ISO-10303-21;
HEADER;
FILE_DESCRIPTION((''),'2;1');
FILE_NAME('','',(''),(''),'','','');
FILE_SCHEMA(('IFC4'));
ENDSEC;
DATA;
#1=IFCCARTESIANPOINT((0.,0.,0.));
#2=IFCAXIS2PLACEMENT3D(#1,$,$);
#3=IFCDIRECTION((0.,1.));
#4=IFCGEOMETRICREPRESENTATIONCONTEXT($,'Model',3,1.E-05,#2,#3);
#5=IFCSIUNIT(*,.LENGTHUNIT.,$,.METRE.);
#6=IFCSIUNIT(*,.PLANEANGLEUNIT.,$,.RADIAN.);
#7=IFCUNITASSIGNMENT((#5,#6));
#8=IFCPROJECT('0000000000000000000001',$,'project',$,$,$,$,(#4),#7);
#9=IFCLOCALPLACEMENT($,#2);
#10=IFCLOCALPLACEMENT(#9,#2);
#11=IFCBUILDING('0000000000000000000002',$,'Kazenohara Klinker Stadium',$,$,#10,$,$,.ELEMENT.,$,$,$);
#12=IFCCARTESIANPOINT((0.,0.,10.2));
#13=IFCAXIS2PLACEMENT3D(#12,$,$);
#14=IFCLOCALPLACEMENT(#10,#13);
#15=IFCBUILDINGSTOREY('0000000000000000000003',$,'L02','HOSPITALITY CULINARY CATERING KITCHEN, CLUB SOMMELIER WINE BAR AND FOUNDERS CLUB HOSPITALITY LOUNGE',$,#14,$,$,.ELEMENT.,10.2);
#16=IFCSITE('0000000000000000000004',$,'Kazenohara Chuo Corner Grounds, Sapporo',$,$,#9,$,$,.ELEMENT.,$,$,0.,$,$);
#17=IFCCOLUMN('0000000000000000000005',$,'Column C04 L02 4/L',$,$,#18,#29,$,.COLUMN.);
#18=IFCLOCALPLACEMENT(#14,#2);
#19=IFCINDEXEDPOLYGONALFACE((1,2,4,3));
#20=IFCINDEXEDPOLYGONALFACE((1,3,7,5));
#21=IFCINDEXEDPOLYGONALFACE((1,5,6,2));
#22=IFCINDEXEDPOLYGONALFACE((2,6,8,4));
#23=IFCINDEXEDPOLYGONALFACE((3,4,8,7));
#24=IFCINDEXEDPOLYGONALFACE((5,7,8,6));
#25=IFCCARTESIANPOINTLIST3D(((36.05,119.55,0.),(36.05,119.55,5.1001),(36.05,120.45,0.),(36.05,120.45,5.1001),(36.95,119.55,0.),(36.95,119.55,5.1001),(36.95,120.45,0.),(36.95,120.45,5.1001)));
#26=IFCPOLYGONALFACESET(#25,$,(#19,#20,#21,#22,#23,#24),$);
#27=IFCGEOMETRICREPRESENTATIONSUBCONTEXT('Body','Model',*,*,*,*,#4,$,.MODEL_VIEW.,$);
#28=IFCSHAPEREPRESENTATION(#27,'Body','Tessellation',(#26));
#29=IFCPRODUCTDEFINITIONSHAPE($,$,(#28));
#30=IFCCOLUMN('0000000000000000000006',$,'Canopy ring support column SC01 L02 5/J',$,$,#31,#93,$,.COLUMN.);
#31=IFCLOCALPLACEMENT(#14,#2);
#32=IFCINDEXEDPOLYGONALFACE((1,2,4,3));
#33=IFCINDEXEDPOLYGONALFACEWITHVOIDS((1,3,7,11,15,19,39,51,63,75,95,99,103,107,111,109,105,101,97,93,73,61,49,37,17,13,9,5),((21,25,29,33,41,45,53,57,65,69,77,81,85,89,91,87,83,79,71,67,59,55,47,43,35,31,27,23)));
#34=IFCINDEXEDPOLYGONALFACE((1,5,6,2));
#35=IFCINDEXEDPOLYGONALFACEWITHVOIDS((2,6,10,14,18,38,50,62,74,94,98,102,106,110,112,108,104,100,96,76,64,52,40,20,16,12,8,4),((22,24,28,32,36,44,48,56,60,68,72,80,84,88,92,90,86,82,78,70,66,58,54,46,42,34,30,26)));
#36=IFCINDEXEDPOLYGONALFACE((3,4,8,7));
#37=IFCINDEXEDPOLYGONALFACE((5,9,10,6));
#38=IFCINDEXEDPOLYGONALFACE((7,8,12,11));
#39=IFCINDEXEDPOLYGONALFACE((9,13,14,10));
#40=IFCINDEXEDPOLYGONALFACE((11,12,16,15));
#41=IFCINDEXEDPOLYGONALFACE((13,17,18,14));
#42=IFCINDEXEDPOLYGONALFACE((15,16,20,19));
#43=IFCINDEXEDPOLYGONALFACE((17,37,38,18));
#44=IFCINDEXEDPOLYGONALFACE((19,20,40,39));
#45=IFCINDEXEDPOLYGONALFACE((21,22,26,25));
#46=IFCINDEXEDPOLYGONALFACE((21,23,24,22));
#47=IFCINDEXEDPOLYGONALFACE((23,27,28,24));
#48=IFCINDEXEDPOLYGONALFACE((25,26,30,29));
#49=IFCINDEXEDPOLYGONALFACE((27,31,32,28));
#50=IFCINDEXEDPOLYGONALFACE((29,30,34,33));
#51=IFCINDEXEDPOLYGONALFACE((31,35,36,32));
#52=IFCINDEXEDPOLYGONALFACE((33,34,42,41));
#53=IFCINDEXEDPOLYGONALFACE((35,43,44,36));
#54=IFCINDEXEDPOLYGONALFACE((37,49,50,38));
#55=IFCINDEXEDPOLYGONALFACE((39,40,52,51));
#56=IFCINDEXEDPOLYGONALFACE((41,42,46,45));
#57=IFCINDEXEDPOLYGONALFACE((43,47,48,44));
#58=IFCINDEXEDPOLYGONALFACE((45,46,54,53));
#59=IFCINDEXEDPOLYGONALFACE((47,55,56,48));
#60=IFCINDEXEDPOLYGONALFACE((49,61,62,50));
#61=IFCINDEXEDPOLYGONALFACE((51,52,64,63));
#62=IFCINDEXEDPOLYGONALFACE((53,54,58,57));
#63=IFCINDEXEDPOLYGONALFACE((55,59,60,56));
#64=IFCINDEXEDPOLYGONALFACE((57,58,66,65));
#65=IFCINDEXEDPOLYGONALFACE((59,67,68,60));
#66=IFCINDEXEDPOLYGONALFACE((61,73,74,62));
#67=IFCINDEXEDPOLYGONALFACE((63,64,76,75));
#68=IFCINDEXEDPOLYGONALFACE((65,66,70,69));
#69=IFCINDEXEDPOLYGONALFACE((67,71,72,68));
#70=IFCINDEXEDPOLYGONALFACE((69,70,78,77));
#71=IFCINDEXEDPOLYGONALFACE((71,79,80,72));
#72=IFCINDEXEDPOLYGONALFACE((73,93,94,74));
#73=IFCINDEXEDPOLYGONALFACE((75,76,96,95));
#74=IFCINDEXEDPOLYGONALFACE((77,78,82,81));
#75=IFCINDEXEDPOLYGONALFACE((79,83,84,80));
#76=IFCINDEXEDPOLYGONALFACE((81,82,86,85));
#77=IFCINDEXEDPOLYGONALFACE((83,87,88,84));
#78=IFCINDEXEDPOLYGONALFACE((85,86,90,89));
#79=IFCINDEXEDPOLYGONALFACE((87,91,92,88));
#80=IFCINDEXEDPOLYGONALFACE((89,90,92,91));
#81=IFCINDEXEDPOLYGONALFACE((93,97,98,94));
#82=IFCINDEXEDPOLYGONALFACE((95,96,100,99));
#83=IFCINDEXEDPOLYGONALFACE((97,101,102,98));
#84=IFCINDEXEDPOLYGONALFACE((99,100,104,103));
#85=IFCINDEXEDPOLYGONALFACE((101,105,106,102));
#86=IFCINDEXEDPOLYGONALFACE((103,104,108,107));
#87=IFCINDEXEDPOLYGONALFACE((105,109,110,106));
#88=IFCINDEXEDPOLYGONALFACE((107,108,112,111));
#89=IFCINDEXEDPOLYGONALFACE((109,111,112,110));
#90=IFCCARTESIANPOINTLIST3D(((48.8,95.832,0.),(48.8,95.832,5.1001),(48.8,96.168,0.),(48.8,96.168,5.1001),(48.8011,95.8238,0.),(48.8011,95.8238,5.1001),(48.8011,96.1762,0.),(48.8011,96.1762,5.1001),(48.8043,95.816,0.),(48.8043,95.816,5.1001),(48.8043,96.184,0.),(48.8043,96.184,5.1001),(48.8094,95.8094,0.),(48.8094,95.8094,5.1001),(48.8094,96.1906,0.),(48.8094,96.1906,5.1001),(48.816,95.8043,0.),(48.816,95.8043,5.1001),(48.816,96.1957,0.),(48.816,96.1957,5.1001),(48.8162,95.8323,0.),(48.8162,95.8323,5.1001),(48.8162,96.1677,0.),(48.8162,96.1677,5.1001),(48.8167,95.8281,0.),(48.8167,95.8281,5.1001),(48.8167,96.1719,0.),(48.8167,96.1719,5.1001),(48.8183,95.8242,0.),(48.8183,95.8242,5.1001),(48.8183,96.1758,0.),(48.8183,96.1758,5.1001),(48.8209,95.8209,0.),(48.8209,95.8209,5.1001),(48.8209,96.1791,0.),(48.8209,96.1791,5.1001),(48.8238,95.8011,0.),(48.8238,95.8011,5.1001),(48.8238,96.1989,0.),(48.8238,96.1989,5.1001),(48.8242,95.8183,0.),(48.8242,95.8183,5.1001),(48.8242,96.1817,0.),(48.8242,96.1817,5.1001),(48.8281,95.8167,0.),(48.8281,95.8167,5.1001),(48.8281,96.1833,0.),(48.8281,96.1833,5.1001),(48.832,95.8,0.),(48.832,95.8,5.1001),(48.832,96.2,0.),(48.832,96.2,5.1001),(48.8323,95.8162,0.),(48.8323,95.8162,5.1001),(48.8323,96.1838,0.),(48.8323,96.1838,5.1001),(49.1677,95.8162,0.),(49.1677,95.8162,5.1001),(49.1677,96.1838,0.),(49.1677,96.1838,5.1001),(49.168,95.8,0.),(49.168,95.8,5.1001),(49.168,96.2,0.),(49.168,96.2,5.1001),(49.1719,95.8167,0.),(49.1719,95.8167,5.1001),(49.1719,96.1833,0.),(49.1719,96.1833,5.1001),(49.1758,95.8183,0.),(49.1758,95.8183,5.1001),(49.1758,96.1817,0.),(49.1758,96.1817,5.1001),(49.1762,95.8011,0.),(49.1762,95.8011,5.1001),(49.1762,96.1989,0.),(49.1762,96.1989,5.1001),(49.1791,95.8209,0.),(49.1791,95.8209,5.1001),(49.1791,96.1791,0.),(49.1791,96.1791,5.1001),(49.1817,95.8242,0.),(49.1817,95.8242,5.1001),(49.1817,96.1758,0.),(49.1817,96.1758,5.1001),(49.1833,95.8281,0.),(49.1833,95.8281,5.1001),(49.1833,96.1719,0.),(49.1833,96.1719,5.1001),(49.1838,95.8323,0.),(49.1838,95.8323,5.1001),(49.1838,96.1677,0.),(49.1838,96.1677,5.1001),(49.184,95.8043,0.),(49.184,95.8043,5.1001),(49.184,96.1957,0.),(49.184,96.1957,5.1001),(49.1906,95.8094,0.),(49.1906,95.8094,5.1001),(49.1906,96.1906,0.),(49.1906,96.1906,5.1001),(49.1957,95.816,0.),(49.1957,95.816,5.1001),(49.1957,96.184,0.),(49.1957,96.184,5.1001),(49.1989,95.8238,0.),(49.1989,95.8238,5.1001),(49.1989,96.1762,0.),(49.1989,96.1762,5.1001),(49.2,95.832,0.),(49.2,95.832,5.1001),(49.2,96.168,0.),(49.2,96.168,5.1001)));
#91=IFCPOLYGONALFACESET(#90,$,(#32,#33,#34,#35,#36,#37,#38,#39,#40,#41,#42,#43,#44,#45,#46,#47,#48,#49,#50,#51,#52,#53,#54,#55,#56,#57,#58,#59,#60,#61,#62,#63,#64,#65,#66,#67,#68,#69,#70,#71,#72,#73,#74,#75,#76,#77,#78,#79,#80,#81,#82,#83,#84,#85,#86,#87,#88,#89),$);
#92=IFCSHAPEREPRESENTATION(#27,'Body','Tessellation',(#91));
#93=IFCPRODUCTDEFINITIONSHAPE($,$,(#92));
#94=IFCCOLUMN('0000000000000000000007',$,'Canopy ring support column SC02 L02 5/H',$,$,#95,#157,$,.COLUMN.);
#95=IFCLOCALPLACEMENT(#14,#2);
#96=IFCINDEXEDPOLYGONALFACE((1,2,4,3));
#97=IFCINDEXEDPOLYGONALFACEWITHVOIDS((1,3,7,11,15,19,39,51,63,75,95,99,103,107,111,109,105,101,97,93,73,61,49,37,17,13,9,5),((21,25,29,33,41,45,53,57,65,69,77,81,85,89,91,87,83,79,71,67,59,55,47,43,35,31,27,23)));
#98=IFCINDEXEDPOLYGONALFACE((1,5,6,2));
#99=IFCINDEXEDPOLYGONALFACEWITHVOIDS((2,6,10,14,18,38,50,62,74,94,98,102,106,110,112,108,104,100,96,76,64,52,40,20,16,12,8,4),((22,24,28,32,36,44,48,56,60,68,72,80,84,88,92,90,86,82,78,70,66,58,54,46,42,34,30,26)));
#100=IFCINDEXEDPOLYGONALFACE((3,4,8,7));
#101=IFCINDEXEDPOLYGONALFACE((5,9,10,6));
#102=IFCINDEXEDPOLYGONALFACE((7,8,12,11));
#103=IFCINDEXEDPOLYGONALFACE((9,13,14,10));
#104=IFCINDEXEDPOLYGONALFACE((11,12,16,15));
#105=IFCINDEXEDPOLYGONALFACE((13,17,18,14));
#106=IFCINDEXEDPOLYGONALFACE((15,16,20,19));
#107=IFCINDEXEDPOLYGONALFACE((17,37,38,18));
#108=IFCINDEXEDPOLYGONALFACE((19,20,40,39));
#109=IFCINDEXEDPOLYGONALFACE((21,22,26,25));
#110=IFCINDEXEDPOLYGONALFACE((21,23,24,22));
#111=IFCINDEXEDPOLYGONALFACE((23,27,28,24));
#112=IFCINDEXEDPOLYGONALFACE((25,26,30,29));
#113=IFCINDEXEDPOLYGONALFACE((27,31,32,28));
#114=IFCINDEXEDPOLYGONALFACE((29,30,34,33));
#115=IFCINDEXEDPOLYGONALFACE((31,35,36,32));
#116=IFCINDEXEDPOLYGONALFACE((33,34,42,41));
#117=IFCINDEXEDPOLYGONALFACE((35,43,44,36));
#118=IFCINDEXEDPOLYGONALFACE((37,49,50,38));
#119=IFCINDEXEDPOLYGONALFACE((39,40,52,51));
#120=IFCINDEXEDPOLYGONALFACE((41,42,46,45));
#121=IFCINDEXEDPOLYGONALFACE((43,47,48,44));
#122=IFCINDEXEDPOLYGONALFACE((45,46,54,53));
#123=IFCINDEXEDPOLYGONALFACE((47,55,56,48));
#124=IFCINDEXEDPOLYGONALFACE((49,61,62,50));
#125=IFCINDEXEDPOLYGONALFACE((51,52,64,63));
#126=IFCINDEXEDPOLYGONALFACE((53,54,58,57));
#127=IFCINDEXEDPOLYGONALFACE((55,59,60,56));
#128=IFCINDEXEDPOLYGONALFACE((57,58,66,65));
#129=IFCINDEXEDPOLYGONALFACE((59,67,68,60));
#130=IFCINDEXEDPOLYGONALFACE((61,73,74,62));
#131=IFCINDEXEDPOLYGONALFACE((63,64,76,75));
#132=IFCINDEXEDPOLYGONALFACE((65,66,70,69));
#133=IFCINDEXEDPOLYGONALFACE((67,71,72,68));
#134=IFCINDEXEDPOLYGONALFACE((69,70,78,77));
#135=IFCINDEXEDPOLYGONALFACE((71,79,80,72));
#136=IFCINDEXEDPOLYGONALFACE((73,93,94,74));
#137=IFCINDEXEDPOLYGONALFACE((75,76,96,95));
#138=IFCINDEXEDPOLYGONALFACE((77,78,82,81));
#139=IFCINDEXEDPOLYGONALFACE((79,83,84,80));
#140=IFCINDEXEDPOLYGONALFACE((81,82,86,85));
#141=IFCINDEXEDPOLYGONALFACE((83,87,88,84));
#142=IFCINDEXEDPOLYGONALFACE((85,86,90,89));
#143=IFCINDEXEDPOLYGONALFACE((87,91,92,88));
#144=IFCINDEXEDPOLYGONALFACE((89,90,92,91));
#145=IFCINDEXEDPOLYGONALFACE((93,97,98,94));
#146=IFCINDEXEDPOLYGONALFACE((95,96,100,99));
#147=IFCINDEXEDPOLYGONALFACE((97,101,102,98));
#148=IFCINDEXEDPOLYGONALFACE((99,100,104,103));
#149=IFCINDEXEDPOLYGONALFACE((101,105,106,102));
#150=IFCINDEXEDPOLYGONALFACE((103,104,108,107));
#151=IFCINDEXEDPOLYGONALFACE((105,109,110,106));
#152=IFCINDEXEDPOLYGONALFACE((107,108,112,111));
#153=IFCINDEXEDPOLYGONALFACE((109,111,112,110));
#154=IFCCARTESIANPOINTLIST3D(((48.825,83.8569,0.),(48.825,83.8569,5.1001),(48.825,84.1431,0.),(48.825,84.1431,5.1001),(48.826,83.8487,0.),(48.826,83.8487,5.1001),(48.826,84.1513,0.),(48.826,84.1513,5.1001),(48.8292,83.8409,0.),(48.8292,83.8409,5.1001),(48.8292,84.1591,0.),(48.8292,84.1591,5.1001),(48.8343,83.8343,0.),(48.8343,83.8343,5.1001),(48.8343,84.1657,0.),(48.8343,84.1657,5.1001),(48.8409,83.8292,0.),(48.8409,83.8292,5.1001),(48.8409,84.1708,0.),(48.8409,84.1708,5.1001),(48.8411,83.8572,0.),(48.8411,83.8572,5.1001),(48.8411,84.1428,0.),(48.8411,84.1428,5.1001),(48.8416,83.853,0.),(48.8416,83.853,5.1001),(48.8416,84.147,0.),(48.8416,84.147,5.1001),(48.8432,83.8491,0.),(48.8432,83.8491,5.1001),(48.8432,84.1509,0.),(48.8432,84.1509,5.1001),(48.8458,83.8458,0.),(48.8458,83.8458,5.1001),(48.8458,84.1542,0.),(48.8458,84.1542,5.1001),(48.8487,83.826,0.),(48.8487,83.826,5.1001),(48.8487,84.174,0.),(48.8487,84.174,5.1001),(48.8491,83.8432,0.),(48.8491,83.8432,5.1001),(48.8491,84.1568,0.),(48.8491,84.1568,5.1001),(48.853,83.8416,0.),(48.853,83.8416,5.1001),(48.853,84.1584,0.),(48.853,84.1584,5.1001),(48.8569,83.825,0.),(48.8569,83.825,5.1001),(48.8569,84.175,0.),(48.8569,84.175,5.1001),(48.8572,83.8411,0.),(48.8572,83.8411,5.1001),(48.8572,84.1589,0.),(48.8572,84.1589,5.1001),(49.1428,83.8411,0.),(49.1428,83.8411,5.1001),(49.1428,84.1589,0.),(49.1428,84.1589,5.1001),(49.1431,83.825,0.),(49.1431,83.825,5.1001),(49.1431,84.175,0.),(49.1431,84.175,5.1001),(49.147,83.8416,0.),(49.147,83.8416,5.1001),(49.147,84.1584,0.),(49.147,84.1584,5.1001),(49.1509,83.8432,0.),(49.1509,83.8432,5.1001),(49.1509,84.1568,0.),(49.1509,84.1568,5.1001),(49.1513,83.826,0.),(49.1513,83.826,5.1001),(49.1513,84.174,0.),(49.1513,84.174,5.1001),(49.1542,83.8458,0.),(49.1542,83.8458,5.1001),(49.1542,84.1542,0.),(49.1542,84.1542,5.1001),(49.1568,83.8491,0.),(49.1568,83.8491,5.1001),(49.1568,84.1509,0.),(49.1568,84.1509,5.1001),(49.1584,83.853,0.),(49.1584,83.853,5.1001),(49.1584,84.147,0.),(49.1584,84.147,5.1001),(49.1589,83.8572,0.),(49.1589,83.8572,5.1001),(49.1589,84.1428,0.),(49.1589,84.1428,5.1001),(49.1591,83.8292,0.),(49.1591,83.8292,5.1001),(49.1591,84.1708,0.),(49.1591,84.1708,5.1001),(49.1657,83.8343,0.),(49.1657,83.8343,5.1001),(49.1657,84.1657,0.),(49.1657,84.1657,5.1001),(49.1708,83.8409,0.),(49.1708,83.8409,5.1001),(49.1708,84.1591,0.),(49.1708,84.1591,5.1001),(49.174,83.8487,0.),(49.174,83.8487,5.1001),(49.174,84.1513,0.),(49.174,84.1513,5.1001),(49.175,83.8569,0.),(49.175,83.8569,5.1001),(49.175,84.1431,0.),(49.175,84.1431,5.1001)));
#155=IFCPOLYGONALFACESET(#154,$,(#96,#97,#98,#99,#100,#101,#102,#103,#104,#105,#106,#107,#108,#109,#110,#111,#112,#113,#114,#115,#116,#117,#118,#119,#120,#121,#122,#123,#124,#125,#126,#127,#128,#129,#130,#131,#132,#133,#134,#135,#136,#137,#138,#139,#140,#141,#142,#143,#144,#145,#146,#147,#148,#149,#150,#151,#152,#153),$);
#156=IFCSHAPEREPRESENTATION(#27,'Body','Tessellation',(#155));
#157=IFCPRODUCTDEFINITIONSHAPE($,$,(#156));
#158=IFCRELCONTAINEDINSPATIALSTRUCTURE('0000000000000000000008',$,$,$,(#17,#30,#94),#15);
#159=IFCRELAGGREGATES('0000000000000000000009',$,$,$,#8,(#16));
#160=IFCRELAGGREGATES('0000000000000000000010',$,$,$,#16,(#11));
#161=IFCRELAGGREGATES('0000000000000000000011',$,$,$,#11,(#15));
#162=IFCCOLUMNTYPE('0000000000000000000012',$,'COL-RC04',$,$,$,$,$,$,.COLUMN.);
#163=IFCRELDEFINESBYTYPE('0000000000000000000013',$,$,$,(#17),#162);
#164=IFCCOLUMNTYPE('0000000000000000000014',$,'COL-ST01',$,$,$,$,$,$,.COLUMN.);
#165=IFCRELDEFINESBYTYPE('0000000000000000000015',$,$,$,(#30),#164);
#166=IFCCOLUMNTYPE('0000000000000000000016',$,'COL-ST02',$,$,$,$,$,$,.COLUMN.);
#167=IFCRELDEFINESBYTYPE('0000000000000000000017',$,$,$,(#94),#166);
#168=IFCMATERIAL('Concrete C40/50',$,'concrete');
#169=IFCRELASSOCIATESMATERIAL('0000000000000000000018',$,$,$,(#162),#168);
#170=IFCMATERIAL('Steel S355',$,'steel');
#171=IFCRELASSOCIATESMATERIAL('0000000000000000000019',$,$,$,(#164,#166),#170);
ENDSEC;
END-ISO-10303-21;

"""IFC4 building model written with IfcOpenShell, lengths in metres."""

from ifc_helpers import new_model, si_unit, direction, frame, origin, origin_2d, place, context, subcontext, project, spatial, rectangle, hollow_rectangle, extrude, material, material_profile, profile_set, type_object, element, save


model = new_model("IFC4")

# Units and contexts
model_context = context("Model", 3, precision=1e-05, world=origin(), true_north=direction((0.0, 1.0)))
body_context = subcontext(model_context, "Body", "Model", "MODEL_VIEW")
ifc_project = project(units=[si_unit("LENGTHUNIT", "METRE"), si_unit("PLANEANGLEUNIT", "RADIAN")], contexts=[model_context])

# Site, building, storey
site_placement = place(None, origin())
site = spatial("IfcSite", under=ifc_project, at=site_placement, Name="Kazenohara Chuo Corner Grounds, Sapporo", CompositionType="ELEMENT", RefElevation=0.0)
building_placement = place(site_placement, origin())
building = spatial("IfcBuilding", under=site, at=building_placement, Name="Kazenohara Klinker Stadium", CompositionType="ELEMENT")
storey_placement = place(building_placement, frame((0.0, 0.0, 10.2)))
storey = spatial("IfcBuildingStorey", under=building, at=storey_placement, Name="L02", Description="HOSPITALITY CULINARY CATERING KITCHEN, CLUB SOMMELIER WINE BAR AND FOUNDERS CLUB HOSPITALITY LOUNGE", CompositionType="ELEMENT", Elevation=10.2)

# Columns
ifc_material_1 = material(Name="Concrete C40/50", Category="concrete")
ifc_material_profile_1 = material_profile(ifc_material_1, rectangle(XDim=0.8999, YDim=0.8999, at=origin_2d()), Name="RC-COL-900x900")
ifc_profile_set_1 = profile_set([ifc_material_profile_1], Name="Concrete C40/50")
column_type_1 = type_object("IfcColumnType", Name="COL-RC04", PredefinedType="COLUMN", material=ifc_profile_set_1)
column_1_placement = place(storey_placement, frame((36.5, 120.0, 0.0), z_axis=(0.0, 0.0, 1.0), x_axis=(1.0, 0.0, 0.0)))
element("IfcColumn", 1, at=column_1_placement, inside=storey, type_object=column_type_1, Name="Column C04 L02 4/L", PredefinedType="COLUMN", context=body_context, shape_type="SweptSolid", body=[
    extrude(rectangle(XDim=0.8999, YDim=0.8999, at=origin_2d()), origin(), (0.0, 0.0, 1.0), 5.1001),
])
ifc_material_2 = material(Name="Steel S355", Category="steel")
ifc_material_profile_2 = material_profile(ifc_material_2, hollow_rectangle(XDim=0.3999, YDim=0.3999, WallThickness=0.0161, InnerFilletRadius=0.0161, OuterFilletRadius=0.032, at=origin_2d()), Name="SHS-400x400x16")
ifc_profile_set_2 = profile_set([ifc_material_profile_2], Name="Steel S355")
column_type_2 = type_object("IfcColumnType", Name="COL-ST01", PredefinedType="COLUMN", material=ifc_profile_set_2)
column_2_placement = place(storey_placement, frame((49.0, 96.0, 0.0), z_axis=(0.0, 0.0, 1.0), x_axis=(1.0, 0.0, 0.0)))
element("IfcColumn", 2, at=column_2_placement, inside=storey, type_object=column_type_2, Name="Canopy ring support column SC01 L02 5/J", PredefinedType="COLUMN", context=body_context, shape_type="SweptSolid", body=[
    extrude(hollow_rectangle(XDim=0.3999, YDim=0.3999, WallThickness=0.0161, InnerFilletRadius=0.0161, OuterFilletRadius=0.032, at=origin_2d()), origin(), (0.0, 0.0, 1.0), 5.1001),
])
ifc_material_profile_3 = material_profile(ifc_material_2, hollow_rectangle(XDim=0.3501, YDim=0.3501, WallThickness=0.0161, InnerFilletRadius=0.0161, OuterFilletRadius=0.032, at=origin_2d()), Name="SHS-350x350x16")
ifc_profile_set_3 = profile_set([ifc_material_profile_3], Name="Steel S355")
column_type_3 = type_object("IfcColumnType", Name="COL-ST02", PredefinedType="COLUMN", material=ifc_profile_set_3)
for number, where, z_axis, x_axis, name in (
    (3, (49.0, 84.0, 0.0), (0.0, 0.0, 1.0), (1.0, 0.0, 0.0), "Canopy ring support column SC02 L02 5/H"),
):
    element("IfcColumn", number, at=place(storey_placement, frame(where, z_axis=z_axis, x_axis=x_axis)), inside=storey, type_object=column_type_3, Name=name, PredefinedType="COLUMN", context=body_context, shape_type="SweptSolid", body=[
        extrude(hollow_rectangle(XDim=0.3501, YDim=0.3501, WallThickness=0.0161, InnerFilletRadius=0.0161, OuterFilletRadius=0.032, at=origin_2d()), origin(), (0.0, 0.0, 1.0), 5.1001),
    ])

save(model, "model.ifc")
